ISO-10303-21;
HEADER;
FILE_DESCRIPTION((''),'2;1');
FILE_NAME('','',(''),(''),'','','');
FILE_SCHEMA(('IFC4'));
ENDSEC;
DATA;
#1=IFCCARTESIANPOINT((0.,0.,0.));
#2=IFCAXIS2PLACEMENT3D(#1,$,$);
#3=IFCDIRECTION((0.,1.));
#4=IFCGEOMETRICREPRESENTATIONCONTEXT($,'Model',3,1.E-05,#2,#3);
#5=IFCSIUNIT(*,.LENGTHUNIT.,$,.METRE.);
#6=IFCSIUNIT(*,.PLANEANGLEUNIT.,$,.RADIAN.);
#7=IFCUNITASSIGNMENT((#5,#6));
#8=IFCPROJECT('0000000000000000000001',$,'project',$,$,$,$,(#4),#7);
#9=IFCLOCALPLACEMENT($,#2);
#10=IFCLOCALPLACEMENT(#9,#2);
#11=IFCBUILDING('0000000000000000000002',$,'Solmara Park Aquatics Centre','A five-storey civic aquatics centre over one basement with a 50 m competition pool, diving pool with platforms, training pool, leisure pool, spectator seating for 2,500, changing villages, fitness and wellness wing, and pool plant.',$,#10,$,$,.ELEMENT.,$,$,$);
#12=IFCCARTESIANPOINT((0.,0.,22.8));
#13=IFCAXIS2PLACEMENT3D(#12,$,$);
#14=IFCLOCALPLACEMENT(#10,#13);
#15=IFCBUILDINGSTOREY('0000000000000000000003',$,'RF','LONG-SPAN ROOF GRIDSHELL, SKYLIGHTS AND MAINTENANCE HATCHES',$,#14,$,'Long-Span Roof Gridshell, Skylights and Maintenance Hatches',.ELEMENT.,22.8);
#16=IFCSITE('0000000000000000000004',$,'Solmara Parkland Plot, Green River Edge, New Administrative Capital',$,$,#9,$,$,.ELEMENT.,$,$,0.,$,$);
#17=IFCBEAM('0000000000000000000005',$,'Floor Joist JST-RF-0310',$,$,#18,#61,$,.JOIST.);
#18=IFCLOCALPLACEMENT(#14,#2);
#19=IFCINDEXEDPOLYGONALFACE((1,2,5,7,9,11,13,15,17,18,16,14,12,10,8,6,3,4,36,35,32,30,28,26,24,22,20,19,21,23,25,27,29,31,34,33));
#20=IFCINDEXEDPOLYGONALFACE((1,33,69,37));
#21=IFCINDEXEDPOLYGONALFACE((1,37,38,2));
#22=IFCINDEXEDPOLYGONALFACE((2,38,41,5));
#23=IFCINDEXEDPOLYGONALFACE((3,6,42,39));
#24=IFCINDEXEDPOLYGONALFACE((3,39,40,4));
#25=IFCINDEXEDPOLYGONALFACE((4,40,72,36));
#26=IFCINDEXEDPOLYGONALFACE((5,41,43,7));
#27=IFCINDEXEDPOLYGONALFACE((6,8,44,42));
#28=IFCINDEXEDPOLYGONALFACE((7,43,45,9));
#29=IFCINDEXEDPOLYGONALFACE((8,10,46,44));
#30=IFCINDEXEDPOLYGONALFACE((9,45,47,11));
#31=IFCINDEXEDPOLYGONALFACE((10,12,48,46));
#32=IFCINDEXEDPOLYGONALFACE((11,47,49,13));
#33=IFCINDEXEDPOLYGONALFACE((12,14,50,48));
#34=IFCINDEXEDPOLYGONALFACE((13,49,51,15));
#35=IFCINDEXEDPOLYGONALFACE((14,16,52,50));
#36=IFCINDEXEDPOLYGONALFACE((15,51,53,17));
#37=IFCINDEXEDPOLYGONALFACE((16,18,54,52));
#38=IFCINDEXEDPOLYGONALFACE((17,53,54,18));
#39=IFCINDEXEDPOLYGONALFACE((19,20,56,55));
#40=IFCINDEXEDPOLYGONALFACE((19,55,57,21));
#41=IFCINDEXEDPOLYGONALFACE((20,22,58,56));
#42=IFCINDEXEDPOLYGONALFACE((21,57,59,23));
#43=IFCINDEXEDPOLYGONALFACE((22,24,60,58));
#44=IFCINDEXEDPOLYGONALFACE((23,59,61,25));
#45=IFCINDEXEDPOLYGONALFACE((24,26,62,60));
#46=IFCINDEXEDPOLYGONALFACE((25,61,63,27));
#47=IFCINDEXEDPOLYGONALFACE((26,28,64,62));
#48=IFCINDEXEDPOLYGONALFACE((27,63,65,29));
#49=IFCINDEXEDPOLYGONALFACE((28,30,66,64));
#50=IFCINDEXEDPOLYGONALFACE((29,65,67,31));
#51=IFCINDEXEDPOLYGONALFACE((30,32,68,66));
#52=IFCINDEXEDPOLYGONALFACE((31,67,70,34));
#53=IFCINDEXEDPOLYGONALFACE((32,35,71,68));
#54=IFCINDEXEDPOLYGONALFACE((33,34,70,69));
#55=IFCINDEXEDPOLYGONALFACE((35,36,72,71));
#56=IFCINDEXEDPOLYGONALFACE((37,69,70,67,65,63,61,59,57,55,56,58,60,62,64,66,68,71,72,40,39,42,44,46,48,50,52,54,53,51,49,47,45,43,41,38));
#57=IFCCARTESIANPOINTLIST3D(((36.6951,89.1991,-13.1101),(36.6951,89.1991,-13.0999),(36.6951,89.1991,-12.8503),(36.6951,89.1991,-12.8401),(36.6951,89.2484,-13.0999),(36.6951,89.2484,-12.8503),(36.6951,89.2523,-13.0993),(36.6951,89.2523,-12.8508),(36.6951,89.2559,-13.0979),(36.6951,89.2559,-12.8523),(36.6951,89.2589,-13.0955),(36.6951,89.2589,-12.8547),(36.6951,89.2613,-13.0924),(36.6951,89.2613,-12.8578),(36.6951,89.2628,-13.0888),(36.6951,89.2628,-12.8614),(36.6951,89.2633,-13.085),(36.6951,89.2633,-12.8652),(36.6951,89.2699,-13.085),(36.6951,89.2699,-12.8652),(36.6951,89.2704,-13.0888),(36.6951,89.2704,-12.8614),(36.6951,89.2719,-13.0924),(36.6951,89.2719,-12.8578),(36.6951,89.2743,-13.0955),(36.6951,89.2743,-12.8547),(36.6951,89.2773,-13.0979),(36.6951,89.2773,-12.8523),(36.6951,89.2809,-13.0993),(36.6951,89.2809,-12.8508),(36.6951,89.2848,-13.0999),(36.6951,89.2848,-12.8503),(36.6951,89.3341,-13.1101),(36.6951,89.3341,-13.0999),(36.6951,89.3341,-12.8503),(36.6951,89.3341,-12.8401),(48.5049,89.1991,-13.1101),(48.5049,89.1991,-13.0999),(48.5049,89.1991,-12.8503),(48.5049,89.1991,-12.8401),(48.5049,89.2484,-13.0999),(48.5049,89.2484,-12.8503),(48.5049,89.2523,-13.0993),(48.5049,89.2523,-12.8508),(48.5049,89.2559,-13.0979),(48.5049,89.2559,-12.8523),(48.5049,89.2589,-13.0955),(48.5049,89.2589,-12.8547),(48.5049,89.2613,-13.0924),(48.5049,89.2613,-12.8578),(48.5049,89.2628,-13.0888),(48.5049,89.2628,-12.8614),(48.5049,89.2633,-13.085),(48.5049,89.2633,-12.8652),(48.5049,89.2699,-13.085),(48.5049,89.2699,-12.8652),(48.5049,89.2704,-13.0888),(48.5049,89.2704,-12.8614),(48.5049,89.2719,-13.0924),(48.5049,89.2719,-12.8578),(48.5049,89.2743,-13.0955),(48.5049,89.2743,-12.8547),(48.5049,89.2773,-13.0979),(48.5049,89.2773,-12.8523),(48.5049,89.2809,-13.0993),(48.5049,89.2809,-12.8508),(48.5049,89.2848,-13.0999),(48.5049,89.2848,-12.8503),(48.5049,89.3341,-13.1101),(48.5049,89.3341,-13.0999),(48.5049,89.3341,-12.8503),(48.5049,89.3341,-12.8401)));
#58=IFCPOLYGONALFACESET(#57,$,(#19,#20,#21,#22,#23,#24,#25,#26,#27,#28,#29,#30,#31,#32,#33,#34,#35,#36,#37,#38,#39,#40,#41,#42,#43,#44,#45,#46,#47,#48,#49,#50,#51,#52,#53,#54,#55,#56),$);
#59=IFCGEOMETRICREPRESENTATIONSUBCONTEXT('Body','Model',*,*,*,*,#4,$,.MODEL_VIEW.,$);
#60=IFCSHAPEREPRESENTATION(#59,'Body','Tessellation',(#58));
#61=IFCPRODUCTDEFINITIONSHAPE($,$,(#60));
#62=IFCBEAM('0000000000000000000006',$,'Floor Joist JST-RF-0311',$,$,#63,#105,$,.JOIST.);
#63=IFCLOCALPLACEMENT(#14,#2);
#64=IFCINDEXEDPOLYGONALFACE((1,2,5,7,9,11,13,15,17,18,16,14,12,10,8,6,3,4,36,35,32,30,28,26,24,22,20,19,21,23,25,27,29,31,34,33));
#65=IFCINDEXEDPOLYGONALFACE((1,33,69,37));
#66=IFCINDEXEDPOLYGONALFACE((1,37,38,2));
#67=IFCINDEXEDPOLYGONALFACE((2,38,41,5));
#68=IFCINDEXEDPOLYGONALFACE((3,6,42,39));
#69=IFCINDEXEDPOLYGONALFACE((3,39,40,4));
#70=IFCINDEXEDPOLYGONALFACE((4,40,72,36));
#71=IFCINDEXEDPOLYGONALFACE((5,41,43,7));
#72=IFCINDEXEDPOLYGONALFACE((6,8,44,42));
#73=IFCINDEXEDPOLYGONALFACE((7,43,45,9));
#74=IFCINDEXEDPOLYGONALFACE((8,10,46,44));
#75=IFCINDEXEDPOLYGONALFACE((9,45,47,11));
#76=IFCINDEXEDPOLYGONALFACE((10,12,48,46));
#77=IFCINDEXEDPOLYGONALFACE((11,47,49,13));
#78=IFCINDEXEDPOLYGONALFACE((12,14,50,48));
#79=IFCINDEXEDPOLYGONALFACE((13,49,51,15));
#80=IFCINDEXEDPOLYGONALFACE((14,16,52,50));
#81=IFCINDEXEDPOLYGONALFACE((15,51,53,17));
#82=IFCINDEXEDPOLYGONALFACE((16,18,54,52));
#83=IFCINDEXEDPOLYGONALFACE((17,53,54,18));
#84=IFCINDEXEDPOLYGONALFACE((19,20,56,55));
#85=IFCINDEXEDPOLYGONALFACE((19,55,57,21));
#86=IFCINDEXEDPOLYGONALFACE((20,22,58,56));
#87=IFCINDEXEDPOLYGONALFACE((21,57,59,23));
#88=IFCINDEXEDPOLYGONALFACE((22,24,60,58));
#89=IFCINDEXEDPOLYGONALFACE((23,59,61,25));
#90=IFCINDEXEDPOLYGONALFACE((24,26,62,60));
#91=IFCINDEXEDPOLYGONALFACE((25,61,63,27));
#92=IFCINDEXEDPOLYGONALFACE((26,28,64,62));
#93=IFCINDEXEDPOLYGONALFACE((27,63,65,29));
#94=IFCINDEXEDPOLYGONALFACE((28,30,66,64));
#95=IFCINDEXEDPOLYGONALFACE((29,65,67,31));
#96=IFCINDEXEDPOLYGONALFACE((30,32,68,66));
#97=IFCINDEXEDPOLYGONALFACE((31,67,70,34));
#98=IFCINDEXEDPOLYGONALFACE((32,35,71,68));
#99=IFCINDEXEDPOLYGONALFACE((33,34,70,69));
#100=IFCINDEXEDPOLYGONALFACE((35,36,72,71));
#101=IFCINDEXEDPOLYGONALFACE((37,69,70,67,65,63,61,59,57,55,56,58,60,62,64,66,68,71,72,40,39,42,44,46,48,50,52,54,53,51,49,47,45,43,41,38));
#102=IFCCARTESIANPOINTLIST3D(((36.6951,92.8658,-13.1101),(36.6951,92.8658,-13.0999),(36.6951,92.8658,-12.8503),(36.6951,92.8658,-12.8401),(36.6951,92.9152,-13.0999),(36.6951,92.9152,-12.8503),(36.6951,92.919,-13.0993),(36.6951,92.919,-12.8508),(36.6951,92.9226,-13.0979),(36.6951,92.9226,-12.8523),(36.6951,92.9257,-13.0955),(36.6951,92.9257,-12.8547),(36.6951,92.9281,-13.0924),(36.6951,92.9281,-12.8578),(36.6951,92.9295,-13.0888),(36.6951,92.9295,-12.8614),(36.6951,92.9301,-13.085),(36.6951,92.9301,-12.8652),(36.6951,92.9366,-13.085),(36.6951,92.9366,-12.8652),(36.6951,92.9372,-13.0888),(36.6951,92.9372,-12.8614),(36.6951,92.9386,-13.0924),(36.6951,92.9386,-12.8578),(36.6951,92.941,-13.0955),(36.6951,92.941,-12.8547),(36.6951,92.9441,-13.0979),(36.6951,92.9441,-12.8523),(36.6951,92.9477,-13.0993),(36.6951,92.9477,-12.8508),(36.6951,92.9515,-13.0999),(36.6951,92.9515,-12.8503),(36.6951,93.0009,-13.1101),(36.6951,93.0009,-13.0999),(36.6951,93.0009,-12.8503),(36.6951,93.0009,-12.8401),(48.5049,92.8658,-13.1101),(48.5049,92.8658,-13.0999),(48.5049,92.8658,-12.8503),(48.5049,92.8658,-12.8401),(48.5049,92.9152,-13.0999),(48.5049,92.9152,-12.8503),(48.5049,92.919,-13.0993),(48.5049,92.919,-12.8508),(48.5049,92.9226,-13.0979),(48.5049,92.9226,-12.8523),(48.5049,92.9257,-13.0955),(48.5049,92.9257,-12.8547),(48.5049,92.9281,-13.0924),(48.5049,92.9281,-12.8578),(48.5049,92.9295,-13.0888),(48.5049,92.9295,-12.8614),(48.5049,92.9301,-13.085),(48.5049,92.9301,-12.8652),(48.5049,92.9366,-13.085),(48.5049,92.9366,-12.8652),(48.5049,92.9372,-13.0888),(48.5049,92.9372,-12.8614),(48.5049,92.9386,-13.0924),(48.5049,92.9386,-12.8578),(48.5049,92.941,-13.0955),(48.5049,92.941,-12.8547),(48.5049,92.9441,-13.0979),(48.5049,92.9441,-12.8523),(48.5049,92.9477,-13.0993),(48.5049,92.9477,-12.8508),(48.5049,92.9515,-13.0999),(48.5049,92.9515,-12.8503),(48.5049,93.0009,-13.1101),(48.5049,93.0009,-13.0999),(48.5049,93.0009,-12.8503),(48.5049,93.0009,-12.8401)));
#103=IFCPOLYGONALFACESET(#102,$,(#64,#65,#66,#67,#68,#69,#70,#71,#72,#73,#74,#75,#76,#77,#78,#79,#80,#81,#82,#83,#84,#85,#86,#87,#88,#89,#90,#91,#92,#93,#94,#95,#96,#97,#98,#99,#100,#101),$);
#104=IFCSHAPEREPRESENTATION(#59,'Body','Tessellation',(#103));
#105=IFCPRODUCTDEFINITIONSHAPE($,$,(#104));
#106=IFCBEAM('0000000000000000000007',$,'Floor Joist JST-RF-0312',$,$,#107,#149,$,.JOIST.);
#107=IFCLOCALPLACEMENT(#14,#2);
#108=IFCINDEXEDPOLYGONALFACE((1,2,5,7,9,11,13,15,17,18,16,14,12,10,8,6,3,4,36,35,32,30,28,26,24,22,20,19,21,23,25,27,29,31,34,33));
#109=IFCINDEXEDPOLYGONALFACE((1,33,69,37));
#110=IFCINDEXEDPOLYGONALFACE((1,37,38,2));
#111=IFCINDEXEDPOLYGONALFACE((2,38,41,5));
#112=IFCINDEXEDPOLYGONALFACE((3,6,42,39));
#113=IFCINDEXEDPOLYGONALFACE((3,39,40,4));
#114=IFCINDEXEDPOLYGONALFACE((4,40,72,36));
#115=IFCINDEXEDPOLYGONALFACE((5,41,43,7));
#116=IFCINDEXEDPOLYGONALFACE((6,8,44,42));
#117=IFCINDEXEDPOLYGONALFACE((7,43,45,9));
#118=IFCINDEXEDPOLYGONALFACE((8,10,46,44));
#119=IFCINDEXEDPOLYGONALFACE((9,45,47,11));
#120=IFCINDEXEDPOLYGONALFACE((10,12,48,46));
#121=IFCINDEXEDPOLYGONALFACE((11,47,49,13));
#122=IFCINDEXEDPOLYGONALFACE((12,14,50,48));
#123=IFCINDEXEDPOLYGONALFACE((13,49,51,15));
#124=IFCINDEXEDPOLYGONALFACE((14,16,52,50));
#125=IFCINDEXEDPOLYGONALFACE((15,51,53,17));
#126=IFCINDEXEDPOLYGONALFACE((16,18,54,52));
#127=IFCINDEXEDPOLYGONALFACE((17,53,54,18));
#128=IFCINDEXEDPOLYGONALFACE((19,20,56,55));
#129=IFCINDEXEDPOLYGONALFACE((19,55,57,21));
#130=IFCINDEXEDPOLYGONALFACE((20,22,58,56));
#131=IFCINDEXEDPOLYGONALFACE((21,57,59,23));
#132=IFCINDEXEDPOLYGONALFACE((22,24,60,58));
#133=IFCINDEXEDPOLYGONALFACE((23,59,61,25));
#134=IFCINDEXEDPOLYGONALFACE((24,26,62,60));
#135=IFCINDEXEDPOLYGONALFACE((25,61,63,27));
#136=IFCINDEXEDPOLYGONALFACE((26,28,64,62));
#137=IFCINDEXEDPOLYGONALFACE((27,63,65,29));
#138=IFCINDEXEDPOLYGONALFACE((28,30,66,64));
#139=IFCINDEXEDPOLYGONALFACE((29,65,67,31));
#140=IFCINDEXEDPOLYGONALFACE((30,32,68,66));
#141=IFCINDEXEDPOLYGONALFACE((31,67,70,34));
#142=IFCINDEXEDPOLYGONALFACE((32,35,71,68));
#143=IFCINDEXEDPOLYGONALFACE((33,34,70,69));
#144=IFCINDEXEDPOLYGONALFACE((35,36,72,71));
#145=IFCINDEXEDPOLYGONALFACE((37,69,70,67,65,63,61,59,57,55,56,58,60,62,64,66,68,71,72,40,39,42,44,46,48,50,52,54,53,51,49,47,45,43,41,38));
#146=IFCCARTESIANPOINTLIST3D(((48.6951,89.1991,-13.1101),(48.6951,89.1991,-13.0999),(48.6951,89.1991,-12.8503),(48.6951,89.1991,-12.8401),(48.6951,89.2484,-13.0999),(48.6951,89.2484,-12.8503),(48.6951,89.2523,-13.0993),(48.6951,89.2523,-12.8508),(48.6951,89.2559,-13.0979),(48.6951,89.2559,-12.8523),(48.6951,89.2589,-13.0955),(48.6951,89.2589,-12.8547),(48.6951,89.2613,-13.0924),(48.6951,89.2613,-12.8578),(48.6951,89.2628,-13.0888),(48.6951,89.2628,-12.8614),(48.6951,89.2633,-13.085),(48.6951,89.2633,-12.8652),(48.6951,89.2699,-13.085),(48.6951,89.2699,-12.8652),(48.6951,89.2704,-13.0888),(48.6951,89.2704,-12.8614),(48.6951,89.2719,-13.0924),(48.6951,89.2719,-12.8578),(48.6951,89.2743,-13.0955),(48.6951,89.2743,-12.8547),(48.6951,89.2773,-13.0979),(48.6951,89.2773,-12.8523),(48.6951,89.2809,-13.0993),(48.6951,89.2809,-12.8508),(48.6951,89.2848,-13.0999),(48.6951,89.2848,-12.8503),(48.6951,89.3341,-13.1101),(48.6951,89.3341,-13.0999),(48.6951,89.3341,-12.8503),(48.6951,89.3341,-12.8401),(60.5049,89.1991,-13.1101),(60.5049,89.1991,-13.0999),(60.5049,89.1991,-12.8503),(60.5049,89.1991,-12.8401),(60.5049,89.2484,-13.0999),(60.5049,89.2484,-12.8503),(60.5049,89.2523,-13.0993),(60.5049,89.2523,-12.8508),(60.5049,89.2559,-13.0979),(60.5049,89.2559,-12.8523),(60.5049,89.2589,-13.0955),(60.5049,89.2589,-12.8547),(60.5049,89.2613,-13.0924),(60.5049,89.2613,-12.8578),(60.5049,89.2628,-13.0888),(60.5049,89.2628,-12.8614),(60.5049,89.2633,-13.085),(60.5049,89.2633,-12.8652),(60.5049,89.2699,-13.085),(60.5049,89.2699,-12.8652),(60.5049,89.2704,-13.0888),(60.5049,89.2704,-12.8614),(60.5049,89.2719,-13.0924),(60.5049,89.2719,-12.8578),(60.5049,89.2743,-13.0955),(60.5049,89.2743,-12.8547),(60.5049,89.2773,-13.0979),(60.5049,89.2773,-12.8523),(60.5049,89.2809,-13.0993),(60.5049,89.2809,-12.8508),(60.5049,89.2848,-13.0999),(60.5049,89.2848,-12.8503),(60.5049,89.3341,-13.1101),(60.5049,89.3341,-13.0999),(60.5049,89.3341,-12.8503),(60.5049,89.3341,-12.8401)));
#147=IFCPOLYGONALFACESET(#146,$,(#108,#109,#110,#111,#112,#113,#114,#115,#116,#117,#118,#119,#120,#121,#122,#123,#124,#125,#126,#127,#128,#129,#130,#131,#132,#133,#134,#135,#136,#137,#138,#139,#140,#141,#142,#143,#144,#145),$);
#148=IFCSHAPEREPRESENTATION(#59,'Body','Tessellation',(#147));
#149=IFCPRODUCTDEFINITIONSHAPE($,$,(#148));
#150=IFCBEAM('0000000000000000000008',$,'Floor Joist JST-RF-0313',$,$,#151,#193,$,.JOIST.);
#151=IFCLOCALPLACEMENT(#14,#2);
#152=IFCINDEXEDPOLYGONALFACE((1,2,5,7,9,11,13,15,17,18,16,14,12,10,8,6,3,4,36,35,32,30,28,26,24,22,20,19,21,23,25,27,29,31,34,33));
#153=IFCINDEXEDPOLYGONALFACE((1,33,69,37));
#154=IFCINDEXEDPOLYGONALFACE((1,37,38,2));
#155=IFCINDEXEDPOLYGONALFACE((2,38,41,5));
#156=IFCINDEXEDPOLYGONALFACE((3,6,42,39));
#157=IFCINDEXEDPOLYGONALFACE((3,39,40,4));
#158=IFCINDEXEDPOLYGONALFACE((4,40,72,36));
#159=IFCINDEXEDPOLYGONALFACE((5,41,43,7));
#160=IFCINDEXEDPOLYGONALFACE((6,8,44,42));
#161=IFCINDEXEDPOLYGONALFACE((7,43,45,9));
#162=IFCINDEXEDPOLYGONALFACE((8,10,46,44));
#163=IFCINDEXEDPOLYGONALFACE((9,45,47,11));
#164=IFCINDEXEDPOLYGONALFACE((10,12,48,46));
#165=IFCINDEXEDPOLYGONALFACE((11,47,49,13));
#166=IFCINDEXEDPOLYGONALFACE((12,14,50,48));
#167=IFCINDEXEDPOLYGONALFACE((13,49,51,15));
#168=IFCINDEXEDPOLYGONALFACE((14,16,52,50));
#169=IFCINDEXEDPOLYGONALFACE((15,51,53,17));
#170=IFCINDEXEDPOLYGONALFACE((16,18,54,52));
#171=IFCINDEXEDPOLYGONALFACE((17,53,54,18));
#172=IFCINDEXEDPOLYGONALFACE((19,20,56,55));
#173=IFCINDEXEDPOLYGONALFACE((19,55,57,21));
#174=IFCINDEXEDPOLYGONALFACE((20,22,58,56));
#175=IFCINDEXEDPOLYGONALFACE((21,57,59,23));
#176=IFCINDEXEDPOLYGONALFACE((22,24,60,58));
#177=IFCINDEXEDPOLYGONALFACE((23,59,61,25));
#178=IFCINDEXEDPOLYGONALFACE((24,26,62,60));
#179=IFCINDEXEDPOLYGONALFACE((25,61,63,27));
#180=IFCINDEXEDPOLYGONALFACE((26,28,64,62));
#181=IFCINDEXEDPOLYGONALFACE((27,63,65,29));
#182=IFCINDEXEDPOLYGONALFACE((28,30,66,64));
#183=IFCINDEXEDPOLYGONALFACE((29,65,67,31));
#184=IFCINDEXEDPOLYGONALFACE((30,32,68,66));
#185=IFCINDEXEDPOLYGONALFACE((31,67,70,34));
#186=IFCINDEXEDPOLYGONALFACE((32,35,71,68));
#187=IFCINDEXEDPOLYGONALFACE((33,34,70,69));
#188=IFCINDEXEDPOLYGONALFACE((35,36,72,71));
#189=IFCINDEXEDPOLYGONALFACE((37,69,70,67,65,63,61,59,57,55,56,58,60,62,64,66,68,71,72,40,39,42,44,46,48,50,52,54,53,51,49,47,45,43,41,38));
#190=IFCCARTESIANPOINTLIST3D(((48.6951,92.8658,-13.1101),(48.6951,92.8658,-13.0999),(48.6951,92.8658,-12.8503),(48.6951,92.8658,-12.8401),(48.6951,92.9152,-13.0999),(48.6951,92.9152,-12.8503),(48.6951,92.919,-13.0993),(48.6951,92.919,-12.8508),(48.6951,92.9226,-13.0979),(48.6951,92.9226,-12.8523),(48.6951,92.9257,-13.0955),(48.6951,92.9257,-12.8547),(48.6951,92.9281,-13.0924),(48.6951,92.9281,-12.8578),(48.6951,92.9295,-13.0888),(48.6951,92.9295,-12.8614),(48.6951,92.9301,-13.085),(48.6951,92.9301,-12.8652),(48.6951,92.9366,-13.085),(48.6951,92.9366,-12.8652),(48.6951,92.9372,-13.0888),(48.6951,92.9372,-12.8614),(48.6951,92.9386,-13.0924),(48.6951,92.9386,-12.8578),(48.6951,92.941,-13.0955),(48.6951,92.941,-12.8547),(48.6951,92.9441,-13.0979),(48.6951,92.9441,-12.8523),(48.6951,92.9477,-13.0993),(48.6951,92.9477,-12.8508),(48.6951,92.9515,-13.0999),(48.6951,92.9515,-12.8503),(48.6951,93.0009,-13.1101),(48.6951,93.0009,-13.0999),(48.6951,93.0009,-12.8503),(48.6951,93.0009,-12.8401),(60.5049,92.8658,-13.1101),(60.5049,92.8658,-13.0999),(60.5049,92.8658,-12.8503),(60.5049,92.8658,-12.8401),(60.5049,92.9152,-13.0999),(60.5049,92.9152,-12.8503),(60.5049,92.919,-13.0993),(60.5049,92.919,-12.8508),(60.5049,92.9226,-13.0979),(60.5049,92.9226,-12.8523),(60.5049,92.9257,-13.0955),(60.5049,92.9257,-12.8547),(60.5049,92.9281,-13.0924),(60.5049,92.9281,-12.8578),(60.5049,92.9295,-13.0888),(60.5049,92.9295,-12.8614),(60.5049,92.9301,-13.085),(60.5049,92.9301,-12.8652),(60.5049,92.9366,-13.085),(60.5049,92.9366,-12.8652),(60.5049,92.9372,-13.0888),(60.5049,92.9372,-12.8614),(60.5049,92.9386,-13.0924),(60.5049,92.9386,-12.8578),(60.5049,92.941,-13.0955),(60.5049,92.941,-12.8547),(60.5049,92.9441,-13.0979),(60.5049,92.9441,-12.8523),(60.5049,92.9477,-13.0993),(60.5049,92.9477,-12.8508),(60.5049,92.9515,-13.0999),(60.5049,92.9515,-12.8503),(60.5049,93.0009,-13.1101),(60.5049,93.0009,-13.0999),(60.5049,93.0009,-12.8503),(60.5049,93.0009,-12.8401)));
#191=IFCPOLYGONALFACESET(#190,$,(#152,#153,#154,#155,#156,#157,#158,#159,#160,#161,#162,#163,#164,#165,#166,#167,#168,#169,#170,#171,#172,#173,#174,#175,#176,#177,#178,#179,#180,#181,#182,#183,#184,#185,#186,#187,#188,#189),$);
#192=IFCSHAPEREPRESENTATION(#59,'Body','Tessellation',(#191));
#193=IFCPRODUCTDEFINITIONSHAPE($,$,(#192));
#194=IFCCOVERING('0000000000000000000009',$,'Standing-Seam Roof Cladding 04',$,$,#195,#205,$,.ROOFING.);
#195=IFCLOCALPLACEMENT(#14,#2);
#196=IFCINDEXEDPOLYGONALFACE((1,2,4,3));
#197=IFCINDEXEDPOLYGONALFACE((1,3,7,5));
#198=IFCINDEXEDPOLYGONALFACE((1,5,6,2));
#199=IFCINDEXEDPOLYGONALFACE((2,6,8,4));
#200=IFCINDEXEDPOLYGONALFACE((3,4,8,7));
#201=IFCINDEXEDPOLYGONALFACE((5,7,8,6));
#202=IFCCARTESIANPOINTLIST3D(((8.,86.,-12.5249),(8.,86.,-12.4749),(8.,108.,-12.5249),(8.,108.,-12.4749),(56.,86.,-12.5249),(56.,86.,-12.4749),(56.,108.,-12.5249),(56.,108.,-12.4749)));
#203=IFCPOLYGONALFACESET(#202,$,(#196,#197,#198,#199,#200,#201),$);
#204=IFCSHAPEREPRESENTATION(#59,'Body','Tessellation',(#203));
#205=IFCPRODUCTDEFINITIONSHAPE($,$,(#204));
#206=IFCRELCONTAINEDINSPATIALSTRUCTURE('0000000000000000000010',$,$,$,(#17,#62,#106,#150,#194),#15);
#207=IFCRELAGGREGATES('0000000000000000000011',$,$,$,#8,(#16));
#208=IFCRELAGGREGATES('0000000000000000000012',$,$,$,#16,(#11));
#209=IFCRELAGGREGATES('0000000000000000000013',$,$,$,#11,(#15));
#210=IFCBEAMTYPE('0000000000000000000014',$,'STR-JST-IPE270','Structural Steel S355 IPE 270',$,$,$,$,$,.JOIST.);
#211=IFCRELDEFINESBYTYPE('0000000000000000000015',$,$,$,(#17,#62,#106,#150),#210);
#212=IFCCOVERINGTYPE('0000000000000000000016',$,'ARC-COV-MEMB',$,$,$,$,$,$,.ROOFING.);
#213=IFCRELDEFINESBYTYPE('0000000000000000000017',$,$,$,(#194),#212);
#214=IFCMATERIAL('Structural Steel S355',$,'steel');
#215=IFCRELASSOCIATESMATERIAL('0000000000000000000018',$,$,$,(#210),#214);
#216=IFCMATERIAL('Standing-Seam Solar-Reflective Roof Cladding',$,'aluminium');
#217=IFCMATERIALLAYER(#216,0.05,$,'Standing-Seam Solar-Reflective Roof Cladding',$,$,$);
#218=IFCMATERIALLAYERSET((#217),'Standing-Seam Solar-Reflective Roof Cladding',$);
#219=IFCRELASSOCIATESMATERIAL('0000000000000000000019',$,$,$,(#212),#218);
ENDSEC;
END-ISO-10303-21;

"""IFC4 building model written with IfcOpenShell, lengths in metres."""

from ifc_helpers import new_model, si_unit, direction, frame, origin, origin_2d, place, context, subcontext, project, spatial, rectangle, i_section, extrude, material, layer, layer_set, material_profile, profile_set, type_object, element, save


model = new_model("IFC4")

# Units and contexts
model_context = context("Model", 3, precision=1e-05, world=origin(), true_north=direction((0.0, 1.0)))
body_context = subcontext(model_context, "Body", "Model", "MODEL_VIEW")
ifc_project = project(units=[si_unit("LENGTHUNIT", "METRE"), si_unit("PLANEANGLEUNIT", "RADIAN")], contexts=[model_context])

# Site, building, storey
site_placement = place(None, origin())
site = spatial("IfcSite", under=ifc_project, at=site_placement, Name="Solmara Parkland Plot, Green River Edge, New Administrative Capital", CompositionType="ELEMENT", RefElevation=0.0)
building_placement = place(site_placement, origin())
building = spatial("IfcBuilding", under=site, at=building_placement, Name="Solmara Park Aquatics Centre", Description="A five-storey civic aquatics centre over one basement with a 50 m competition pool, diving pool with platforms, training pool, leisure pool, spectator seating for 2,500, changing villages, fitness and wellness wing, and pool plant.", CompositionType="ELEMENT")
storey_placement = place(building_placement, frame((0.0, 0.0, 22.8)))
storey = spatial("IfcBuildingStorey", under=building, at=storey_placement, Name="RF", Description="LONG-SPAN ROOF GRIDSHELL, SKYLIGHTS AND MAINTENANCE HATCHES", LongName="Long-Span Roof Gridshell, Skylights and Maintenance Hatches", CompositionType="ELEMENT", Elevation=22.8)

# Shared definitions
ifc_material_1 = material(Name="Structural Steel S355", Category="steel")

# Beams
ifc_material_profile_1 = material_profile(ifc_material_1, i_section(OverallWidth=0.135, OverallDepth=0.27, WebThickness=0.0066, FlangeThickness=0.0103, FilletRadius=0.0149, at=origin_2d()), Name="IPE 270")
ifc_profile_set_1 = profile_set([ifc_material_profile_1], Name="Structural Steel S355")
beam_type_1 = type_object("IfcBeamType", Name="STR-JST-IPE270", Description="Structural Steel S355 IPE 270", PredefinedType="JOIST", material=ifc_profile_set_1)
for number, where, z_axis, x_axis, name in (
    (1, (36.6951, 89.2666, -12.9751), (1.0, 0.0, 0.0), (0.0, 1.0, 0.0), "Floor Joist JST-RF-0310"),
    (2, (36.6951, 92.9333, -12.9751), (1.0, 0.0, 0.0), (0.0, 1.0, 0.0), "Floor Joist JST-RF-0311"),
    (3, (48.6951, 89.2666, -12.9751), (1.0, 0.0, 0.0), (0.0, 1.0, 0.0), "Floor Joist JST-RF-0312"),
    (4, (48.6951, 92.9333, -12.9751), (1.0, 0.0, 0.0), (0.0, 1.0, 0.0), "Floor Joist JST-RF-0313"),
):
    element("IfcBeam", number, at=place(storey_placement, frame(where, z_axis=z_axis, x_axis=x_axis)), inside=storey, type_object=beam_type_1, Name=name, PredefinedType="JOIST", context=body_context, shape_type="SweptSolid", body=[
        extrude(i_section(OverallWidth=0.135, OverallDepth=0.27, WebThickness=0.0066, FlangeThickness=0.0103, FilletRadius=0.0149, at=origin_2d()), origin(), (0.0, 0.0, 1.0), 11.8098),
    ])

# Covering
ifc_material_2 = material(Name="Standing-Seam Solar-Reflective Roof Cladding", Category="aluminium")
ifc_layer = layer(ifc_material_2, 0.05, Name="Standing-Seam Solar-Reflective Roof Cladding")
ifc_layer_set = layer_set([ifc_layer], Name="Standing-Seam Solar-Reflective Roof Cladding")
covering_type = type_object("IfcCoveringType", Name="ARC-COV-MEMB", PredefinedType="ROOFING", material=ifc_layer_set)
covering_placement = place(storey_placement, frame((32.0, 97.0, -12.5249), z_axis=(0.0, 0.0, 1.0), x_axis=(1.0, 0.0, 0.0)))
element("IfcCovering", 5, at=covering_placement, inside=storey, type_object=covering_type, Name="Standing-Seam Roof Cladding 04", PredefinedType="ROOFING", context=body_context, shape_type="SweptSolid", body=[
    extrude(rectangle(XDim=48.0, YDim=22.0, at=origin_2d()), origin(), (0.0, 0.0, 1.0), 0.05),
])

save(model, "model.ifc")
